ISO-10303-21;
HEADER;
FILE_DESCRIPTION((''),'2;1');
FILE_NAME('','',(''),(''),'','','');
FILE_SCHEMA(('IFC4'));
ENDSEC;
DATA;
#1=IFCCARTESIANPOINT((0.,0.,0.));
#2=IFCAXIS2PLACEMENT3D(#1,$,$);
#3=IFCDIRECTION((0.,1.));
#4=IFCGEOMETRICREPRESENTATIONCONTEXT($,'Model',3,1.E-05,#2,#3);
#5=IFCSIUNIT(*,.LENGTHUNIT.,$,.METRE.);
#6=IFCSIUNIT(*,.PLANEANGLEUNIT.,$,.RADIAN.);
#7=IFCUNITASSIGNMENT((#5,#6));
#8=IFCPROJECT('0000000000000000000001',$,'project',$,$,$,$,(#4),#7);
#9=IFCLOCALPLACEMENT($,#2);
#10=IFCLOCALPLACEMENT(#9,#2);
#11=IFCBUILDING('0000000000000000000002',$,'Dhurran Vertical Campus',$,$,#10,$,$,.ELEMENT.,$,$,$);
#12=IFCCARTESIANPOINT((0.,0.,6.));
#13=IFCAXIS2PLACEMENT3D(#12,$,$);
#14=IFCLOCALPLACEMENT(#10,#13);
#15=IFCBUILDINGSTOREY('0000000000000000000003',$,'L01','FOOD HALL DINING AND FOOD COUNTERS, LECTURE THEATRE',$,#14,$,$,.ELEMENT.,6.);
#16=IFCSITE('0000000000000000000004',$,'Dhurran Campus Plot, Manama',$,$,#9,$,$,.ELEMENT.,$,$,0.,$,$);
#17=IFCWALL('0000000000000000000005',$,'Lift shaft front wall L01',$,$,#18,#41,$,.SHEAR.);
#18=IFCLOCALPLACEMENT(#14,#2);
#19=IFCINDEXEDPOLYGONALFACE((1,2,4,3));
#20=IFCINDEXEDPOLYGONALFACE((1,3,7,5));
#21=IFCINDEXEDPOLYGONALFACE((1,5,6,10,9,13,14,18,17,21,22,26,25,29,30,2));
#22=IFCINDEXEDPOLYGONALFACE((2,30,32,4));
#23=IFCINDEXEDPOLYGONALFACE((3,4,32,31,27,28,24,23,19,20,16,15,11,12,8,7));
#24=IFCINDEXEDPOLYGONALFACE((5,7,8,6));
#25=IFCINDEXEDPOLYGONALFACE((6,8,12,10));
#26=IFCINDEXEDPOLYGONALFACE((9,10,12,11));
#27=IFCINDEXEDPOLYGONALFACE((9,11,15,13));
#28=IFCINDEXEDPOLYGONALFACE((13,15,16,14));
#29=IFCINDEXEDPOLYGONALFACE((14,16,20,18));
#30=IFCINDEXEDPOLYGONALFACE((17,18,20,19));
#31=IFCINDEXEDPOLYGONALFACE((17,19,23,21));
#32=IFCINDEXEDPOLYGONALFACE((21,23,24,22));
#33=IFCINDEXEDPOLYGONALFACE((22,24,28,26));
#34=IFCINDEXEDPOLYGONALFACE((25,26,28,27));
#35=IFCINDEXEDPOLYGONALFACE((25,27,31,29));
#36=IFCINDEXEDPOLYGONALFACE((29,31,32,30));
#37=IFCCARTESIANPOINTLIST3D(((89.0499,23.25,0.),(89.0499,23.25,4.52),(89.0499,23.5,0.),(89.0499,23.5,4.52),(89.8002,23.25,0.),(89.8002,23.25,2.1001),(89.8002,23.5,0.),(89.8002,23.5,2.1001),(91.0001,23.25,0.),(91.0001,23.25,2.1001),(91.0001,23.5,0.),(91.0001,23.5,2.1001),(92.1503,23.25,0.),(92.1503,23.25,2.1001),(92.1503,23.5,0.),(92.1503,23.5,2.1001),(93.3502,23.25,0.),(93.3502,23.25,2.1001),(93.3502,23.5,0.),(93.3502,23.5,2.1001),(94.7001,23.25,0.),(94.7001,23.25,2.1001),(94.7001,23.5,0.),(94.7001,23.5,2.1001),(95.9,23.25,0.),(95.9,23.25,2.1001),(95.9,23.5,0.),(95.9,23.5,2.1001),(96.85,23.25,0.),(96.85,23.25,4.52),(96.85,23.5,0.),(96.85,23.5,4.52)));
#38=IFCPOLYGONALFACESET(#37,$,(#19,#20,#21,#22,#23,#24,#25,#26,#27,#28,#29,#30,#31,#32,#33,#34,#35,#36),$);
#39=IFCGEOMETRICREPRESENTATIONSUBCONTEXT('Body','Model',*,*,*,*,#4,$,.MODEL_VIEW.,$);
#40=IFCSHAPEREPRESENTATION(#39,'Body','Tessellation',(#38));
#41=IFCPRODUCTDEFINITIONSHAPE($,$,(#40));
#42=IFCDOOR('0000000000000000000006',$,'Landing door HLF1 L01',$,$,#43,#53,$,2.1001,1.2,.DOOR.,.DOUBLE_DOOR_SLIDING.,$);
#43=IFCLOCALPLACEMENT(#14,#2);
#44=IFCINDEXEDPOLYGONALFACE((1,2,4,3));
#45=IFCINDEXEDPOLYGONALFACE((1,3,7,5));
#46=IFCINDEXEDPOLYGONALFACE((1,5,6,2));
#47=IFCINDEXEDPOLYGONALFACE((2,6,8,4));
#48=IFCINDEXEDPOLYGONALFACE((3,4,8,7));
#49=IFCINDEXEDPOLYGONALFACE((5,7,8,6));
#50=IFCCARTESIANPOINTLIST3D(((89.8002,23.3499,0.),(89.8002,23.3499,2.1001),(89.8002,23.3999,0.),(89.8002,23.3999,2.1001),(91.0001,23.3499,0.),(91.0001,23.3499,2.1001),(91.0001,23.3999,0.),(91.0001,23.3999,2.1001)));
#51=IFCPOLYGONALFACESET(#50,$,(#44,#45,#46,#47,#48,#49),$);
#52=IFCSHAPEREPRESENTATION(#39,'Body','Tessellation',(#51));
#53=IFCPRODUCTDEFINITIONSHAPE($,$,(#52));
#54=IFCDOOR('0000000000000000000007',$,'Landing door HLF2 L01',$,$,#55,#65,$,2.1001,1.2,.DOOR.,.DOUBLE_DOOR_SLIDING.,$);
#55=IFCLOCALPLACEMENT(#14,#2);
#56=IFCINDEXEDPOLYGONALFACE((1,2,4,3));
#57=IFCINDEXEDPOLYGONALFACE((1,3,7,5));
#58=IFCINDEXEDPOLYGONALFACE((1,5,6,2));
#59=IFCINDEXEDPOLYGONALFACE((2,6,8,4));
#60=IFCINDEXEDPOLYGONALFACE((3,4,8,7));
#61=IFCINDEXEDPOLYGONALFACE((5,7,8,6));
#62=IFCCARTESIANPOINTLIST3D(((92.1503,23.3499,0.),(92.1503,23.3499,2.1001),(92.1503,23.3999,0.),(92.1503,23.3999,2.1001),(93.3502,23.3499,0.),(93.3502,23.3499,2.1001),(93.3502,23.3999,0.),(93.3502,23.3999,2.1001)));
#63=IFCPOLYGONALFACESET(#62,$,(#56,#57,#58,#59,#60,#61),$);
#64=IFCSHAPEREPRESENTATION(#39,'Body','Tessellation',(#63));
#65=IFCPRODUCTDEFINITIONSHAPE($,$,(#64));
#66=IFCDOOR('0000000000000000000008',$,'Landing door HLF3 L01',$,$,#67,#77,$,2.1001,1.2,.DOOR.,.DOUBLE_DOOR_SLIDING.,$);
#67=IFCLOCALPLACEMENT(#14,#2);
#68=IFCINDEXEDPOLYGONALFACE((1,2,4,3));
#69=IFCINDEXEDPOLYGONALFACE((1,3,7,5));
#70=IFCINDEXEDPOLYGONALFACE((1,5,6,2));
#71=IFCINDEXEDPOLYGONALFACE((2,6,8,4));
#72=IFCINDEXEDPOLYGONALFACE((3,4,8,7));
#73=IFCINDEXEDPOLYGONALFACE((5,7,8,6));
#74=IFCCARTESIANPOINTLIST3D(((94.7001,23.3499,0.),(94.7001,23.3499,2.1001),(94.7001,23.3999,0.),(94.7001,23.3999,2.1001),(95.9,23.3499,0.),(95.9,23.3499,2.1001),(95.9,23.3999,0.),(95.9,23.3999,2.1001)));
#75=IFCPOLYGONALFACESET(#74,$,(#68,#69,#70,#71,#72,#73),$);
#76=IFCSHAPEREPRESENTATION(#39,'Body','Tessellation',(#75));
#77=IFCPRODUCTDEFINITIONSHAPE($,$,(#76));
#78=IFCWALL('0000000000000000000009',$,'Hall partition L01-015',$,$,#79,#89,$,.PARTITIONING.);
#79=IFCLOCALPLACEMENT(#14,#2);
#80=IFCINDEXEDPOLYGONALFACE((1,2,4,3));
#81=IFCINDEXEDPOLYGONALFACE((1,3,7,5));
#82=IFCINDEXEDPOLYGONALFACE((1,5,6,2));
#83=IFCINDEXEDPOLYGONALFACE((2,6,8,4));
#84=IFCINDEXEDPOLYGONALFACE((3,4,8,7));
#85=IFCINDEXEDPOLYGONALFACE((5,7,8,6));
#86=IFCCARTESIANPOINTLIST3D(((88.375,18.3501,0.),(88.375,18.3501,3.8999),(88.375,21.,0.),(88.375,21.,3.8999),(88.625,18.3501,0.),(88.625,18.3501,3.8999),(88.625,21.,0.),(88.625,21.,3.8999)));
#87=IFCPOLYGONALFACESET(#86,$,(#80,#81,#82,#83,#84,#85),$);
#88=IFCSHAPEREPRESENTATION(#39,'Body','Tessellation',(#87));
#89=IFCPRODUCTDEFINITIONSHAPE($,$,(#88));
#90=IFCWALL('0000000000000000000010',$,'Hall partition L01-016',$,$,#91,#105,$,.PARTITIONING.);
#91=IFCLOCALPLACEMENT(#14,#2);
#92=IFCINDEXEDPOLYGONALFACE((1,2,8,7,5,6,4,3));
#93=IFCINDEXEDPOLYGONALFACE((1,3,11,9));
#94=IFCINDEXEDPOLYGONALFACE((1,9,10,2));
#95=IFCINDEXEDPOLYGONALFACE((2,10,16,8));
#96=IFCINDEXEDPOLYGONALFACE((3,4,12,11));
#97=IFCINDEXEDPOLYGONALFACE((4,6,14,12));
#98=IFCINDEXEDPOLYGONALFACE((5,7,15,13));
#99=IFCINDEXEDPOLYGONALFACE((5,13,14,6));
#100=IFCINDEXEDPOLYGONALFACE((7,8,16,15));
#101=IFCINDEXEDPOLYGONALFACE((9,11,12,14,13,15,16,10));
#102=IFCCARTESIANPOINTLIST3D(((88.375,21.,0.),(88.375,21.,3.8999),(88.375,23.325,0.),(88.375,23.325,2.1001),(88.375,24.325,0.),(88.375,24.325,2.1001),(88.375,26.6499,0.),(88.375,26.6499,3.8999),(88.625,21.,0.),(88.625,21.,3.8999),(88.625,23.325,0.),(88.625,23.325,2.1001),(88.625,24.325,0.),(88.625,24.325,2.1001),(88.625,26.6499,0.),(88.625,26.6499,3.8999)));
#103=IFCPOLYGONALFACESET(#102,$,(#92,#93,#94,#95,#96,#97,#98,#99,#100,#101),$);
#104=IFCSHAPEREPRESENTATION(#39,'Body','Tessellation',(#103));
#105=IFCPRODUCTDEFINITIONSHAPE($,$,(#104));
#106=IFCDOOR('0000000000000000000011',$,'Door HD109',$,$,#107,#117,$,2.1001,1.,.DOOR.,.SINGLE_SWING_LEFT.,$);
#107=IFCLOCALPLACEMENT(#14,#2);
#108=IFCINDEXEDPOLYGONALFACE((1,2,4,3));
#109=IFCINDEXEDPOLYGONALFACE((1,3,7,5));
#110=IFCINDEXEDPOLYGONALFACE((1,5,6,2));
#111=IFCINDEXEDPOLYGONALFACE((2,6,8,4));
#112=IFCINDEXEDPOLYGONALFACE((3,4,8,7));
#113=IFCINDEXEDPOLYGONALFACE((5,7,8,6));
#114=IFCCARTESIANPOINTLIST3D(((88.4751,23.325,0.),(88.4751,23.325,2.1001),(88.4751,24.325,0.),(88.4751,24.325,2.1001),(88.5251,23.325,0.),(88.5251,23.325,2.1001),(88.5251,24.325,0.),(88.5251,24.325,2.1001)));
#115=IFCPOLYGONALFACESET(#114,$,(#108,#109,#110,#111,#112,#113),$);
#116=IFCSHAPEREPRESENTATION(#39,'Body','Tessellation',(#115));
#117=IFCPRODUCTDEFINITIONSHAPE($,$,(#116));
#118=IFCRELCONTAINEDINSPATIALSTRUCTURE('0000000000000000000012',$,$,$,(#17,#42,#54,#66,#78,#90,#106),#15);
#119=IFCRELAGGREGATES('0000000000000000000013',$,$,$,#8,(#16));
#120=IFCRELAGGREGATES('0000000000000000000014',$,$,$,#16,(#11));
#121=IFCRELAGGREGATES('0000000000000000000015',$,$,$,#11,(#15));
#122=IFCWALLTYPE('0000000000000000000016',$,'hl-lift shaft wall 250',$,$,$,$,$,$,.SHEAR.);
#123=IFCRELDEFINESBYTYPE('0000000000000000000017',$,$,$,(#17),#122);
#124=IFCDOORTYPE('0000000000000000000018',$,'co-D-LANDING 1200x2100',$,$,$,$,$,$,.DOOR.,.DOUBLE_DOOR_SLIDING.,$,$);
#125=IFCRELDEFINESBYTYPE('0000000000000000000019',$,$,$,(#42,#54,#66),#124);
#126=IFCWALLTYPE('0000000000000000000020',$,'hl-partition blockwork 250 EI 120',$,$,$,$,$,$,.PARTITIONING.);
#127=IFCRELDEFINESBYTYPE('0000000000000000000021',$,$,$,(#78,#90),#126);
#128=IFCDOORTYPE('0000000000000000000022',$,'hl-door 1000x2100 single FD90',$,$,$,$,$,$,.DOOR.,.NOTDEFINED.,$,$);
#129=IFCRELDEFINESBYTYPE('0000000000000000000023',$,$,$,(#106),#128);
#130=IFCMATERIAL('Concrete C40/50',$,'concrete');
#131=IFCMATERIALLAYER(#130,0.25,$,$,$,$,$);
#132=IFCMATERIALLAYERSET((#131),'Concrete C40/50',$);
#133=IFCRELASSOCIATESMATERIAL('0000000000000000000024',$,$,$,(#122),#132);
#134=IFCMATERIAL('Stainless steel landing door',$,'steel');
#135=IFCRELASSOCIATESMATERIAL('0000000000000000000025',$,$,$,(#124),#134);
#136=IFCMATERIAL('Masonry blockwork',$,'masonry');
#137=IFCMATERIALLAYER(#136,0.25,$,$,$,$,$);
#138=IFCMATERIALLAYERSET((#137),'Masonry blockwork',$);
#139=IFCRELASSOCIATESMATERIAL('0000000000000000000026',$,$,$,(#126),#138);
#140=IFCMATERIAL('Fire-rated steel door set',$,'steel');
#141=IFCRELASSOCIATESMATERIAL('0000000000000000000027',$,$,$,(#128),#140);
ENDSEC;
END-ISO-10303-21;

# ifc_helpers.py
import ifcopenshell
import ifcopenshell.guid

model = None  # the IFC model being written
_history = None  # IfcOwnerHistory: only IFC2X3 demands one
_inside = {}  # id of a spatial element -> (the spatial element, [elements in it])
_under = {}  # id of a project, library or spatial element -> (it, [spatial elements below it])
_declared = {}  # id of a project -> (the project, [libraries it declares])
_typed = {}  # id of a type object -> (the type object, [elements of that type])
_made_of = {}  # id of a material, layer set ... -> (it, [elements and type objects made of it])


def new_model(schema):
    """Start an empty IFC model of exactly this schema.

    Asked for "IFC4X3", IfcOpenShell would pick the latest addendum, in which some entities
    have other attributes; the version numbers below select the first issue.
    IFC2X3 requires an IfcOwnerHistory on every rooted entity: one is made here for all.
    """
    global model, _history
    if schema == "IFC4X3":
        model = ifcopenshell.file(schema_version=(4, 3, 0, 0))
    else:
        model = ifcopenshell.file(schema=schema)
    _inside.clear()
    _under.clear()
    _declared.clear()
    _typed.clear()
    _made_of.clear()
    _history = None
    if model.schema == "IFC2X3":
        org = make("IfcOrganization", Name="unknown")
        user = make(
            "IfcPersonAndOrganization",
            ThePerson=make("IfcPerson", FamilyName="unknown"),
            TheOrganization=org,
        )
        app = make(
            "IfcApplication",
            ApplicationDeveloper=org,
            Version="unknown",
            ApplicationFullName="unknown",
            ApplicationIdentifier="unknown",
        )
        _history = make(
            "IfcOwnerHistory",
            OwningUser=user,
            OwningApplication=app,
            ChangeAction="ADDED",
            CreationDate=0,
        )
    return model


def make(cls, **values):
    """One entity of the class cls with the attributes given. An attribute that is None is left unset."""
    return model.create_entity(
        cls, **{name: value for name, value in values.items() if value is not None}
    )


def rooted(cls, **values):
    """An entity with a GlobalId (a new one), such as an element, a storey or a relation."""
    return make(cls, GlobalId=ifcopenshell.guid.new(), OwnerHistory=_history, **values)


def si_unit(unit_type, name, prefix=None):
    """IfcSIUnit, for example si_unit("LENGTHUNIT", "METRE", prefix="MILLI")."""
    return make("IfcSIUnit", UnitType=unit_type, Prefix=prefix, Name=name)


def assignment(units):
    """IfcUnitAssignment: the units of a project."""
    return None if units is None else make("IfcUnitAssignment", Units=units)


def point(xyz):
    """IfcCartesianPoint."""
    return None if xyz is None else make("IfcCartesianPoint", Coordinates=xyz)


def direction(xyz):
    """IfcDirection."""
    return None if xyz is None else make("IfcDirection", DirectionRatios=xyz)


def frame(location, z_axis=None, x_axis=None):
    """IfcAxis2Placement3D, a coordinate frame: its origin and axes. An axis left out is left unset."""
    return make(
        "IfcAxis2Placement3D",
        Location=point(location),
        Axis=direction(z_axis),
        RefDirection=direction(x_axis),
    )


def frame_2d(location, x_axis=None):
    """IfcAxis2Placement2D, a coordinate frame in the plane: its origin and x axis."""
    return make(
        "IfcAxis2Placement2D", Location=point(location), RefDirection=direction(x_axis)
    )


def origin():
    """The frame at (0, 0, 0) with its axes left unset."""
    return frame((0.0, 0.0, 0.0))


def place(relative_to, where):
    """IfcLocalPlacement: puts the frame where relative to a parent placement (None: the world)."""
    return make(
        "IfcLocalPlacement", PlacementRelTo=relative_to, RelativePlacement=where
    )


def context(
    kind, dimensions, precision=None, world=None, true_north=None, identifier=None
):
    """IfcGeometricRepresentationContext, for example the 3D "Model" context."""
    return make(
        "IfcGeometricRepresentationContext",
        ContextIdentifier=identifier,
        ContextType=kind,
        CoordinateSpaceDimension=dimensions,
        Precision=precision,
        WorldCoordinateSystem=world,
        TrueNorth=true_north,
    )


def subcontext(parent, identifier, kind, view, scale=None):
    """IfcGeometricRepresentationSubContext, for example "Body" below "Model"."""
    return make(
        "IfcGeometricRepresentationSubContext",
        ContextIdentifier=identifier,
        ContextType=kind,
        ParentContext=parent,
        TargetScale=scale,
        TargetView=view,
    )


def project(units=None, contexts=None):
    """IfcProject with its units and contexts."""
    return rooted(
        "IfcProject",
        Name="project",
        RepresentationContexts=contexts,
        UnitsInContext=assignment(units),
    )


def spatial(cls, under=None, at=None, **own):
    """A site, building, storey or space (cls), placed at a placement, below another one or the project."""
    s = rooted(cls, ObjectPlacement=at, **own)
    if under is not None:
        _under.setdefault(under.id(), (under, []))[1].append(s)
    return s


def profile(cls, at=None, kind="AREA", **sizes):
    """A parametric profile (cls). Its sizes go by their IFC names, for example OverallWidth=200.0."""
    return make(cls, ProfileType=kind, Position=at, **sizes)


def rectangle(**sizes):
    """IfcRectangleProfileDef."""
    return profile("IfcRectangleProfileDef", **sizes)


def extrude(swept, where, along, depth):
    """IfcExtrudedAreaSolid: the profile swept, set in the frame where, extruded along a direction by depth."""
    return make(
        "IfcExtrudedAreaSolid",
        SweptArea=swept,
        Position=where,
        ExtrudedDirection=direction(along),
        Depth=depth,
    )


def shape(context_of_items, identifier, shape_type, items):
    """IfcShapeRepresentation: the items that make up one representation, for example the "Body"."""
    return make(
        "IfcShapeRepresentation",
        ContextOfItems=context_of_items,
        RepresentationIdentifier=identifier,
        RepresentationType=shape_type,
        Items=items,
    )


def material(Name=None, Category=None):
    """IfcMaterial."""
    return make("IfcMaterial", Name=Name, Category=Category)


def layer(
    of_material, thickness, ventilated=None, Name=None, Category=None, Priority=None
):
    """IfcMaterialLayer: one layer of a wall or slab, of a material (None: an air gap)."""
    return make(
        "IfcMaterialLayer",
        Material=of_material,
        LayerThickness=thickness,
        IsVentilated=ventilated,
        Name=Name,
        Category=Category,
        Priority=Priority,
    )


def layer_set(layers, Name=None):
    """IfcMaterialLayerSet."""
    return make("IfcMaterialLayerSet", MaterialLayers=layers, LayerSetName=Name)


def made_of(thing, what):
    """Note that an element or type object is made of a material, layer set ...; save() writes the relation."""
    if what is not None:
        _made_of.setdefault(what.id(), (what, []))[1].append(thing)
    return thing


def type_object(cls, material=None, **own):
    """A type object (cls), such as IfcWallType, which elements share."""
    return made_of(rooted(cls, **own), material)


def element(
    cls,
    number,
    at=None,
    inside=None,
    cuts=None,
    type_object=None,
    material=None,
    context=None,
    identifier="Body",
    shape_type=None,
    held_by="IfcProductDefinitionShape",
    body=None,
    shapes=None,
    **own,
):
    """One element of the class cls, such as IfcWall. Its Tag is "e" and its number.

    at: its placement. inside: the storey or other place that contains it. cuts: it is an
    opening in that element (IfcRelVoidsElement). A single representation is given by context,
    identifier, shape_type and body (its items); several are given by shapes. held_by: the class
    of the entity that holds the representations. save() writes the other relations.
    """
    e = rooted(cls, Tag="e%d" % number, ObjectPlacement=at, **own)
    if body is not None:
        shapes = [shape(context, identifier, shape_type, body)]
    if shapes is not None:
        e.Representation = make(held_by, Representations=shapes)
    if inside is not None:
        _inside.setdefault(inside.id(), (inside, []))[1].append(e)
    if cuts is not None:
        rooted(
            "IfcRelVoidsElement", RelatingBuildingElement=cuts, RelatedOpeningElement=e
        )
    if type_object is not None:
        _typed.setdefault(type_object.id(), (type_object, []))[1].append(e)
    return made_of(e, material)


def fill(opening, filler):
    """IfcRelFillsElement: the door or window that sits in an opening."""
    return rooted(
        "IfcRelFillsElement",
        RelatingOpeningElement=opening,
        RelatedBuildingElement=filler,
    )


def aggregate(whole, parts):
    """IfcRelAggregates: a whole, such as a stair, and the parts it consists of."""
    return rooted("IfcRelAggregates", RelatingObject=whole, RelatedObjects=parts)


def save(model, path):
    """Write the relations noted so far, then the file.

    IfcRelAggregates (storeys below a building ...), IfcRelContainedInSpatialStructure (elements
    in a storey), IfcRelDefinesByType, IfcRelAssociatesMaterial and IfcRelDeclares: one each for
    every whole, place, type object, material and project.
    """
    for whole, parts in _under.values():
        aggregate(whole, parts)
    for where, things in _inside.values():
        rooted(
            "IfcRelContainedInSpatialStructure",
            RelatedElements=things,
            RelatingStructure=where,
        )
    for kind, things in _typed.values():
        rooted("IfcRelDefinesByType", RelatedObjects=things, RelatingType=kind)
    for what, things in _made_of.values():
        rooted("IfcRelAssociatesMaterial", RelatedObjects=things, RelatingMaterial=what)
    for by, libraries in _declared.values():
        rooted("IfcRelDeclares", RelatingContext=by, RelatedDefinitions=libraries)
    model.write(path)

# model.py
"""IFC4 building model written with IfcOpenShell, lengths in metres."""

from ifc_helpers import new_model, si_unit, direction, frame, frame_2d, origin, place, context, subcontext, project, spatial, rectangle, extrude, material, layer, layer_set, type_object, element, fill, save


model = new_model("IFC4")

# Units and contexts
model_context = context("Model", 3, precision=1e-05, world=origin(), true_north=direction((0.0, 1.0)))
body_context = subcontext(model_context, "Body", "Model", "MODEL_VIEW")
ifc_project = project(units=[si_unit("LENGTHUNIT", "METRE"), si_unit("PLANEANGLEUNIT", "RADIAN")], contexts=[model_context])

# Site, building, storey
site_placement = place(None, origin())
site = spatial("IfcSite", under=ifc_project, at=site_placement, Name="Dhurran Campus Plot, Manama", CompositionType="ELEMENT", RefElevation=0.0)
building_placement = place(site_placement, origin())
building = spatial("IfcBuilding", under=site, at=building_placement, Name="Dhurran Vertical Campus", CompositionType="ELEMENT")
storey_placement = place(building_placement, frame((0.0, 0.0, 6.0)))
storey = spatial("IfcBuildingStorey", under=building, at=storey_placement, Name="L01", Description="FOOD HALL DINING AND FOOD COUNTERS, LECTURE THEATRE", CompositionType="ELEMENT", Elevation=6.0)

# Shared definitions
ifc_material_1 = material(Name="Concrete C40/50", Category="concrete")
ifc_layer_1 = layer(ifc_material_1, 0.25)
ifc_layer_set_1 = layer_set([ifc_layer_1], Name="Concrete C40/50")
wall_type_1 = type_object("IfcWallType", Name="hl-lift shaft wall 250", PredefinedType="SHEAR", material=ifc_layer_set_1)

# Wall, openings, doors
wall_1_placement = place(storey_placement, frame((89.05, 23.375, 0.0), z_axis=(0.0, 0.0, 1.0), x_axis=(1.0, 0.0, 0.0)))
wall_1 = element("IfcWall", 1, at=wall_1_placement, inside=storey, type_object=wall_type_1, Name="Lift shaft front wall L01", PredefinedType="SHEAR", context=body_context, shape_type="SweptSolid", body=[
    extrude(rectangle(XDim=7.8, YDim=0.25, at=frame_2d((3.8999, 0.0))), origin(), (0.0, 0.0, 1.0), 4.52),
])
opening_1_placement = place(wall_1_placement, frame((0.75, 0.0, 0.0)))
opening_1 = element("IfcOpeningElement", 2, at=opening_1_placement, cuts=wall_1, PredefinedType="OPENING", context=body_context, shape_type="SweptSolid", body=[
    extrude(rectangle(XDim=1.2, YDim=2.1001, at=frame_2d((0.6001, 1.05))), frame((0.0, 0.135, 0.0), z_axis=(0.0, -1.0, 0.0), x_axis=(1.0, 0.0, 0.0)), (0.0, 0.0, 1.0), 0.27),
])
opening_2_placement = place(wall_1_placement, frame((3.1001, 0.0, 0.0)))
opening_2 = element("IfcOpeningElement", 3, at=opening_2_placement, cuts=wall_1, PredefinedType="OPENING", context=body_context, shape_type="SweptSolid", body=[
    extrude(rectangle(XDim=1.2, YDim=2.1001, at=frame_2d((0.6001, 1.05))), frame((0.0, 0.135, 0.0), z_axis=(0.0, -1.0, 0.0), x_axis=(1.0, 0.0, 0.0)), (0.0, 0.0, 1.0), 0.27),
])
opening_3_placement = place(wall_1_placement, frame((5.6499, 0.0, 0.0)))
opening_3 = element("IfcOpeningElement", 4, at=opening_3_placement, cuts=wall_1, PredefinedType="OPENING", context=body_context, shape_type="SweptSolid", body=[
    extrude(rectangle(XDim=1.2, YDim=2.1001, at=frame_2d((0.6001, 1.05))), frame((0.0, 0.135, 0.0), z_axis=(0.0, -1.0, 0.0), x_axis=(1.0, 0.0, 0.0)), (0.0, 0.0, 1.0), 0.27),
])
ifc_material_2 = material(Name="Stainless steel landing door", Category="steel")
door_type_1 = type_object("IfcDoorType", Name="co-D-LANDING 1200x2100", OperationType="DOUBLE_DOOR_SLIDING", PredefinedType="DOOR", material=ifc_material_2)
door_1_placement = place(opening_1_placement, origin())
door_1 = element("IfcDoor", 5, at=door_1_placement, inside=storey, type_object=door_type_1, Name="Landing door HLF1 L01", OperationType="DOUBLE_DOOR_SLIDING", OverallHeight=2.1001, OverallWidth=1.2, PredefinedType="DOOR", context=body_context, shape_type="SweptSolid", body=[
    extrude(rectangle(XDim=1.2, YDim=2.1001, at=frame_2d((0.6001, 1.05))), frame((0.0, 0.0249, 0.0), z_axis=(0.0, -1.0, 0.0), x_axis=(1.0, 0.0, 0.0)), (0.0, 0.0, 1.0), 0.05),
])
fill(opening_1, door_1)
door_2_placement = place(opening_2_placement, origin())
door_2 = element("IfcDoor", 6, at=door_2_placement, inside=storey, type_object=door_type_1, Name="Landing door HLF2 L01", OperationType="DOUBLE_DOOR_SLIDING", OverallHeight=2.1001, OverallWidth=1.2, PredefinedType="DOOR", context=body_context, shape_type="SweptSolid", body=[
    extrude(rectangle(XDim=1.2, YDim=2.1001, at=frame_2d((0.6001, 1.05))), frame((0.0, 0.0249, 0.0), z_axis=(0.0, -1.0, 0.0), x_axis=(1.0, 0.0, 0.0)), (0.0, 0.0, 1.0), 0.05),
])
fill(opening_2, door_2)
door_3_placement = place(opening_3_placement, origin())
door_3 = element("IfcDoor", 7, at=door_3_placement, inside=storey, type_object=door_type_1, Name="Landing door HLF3 L01", OperationType="DOUBLE_DOOR_SLIDING", OverallHeight=2.1001, OverallWidth=1.2, PredefinedType="DOOR", context=body_context, shape_type="SweptSolid", body=[
    extrude(rectangle(XDim=1.2, YDim=2.1001, at=frame_2d((0.6001, 1.05))), frame((0.0, 0.0249, 0.0), z_axis=(0.0, -1.0, 0.0), x_axis=(1.0, 0.0, 0.0)), (0.0, 0.0, 1.0), 0.05),
])
fill(opening_3, door_3)

# Wall
ifc_material_3 = material(Name="Masonry blockwork", Category="masonry")
ifc_layer_2 = layer(ifc_material_3, 0.25)
ifc_layer_set_2 = layer_set([ifc_layer_2], Name="Masonry blockwork")
wall_type_2 = type_object("IfcWallType", Name="hl-partition blockwork 250 EI 120", PredefinedType="PARTITIONING", material=ifc_layer_set_2)
wall_2_placement = place(storey_placement, frame((88.5, 18.3501, 0.0), z_axis=(0.0, 0.0, 1.0), x_axis=(0.0, 1.0, 0.0)))
element("IfcWall", 8, at=wall_2_placement, inside=storey, type_object=wall_type_2, Name="Hall partition L01-015", PredefinedType="PARTITIONING", context=body_context, shape_type="SweptSolid", body=[
    extrude(rectangle(XDim=2.6499, YDim=0.25, at=frame_2d((1.325, 0.0))), origin(), (0.0, 0.0, 1.0), 3.8999),
])

# Wall, opening, door
wall_3_placement = place(storey_placement, frame((88.5, 21.0, 0.0), z_axis=(0.0, 0.0, 1.0), x_axis=(0.0, 1.0, 0.0)))
wall_3 = element("IfcWall", 9, at=wall_3_placement, inside=storey, type_object=wall_type_2, Name="Hall partition L01-016", PredefinedType="PARTITIONING", context=body_context, shape_type="SweptSolid", body=[
    extrude(rectangle(XDim=5.6499, YDim=0.25, at=frame_2d((2.825, 0.0))), origin(), (0.0, 0.0, 1.0), 3.8999),
])
opening_4_placement = place(wall_3_placement, frame((2.325, 0.0, 0.0)))
opening_4 = element("IfcOpeningElement", 10, at=opening_4_placement, cuts=wall_3, PredefinedType="OPENING", context=body_context, shape_type="SweptSolid", body=[
    extrude(rectangle(XDim=1.0, YDim=2.1001, at=frame_2d((0.5, 1.05))), frame((0.0, 0.135, 0.0), z_axis=(0.0, -1.0, 0.0), x_axis=(1.0, 0.0, 0.0)), (0.0, 0.0, 1.0), 0.27),
])
ifc_material_4 = material(Name="Fire-rated steel door set", Category="steel")
door_type_2 = type_object("IfcDoorType", Name="hl-door 1000x2100 single FD90", OperationType="NOTDEFINED", PredefinedType="DOOR", material=ifc_material_4)
door_4_placement = place(opening_4_placement, origin())
door_4 = element("IfcDoor", 11, at=door_4_placement, inside=storey, type_object=door_type_2, Name="Door HD109", OperationType="SINGLE_SWING_LEFT", OverallHeight=2.1001, OverallWidth=1.0, PredefinedType="DOOR", context=body_context, shape_type="SweptSolid", body=[
    extrude(rectangle(XDim=1.0, YDim=2.1001, at=frame_2d((0.5, 1.05))), frame((0.0, 0.0249, 0.0), z_axis=(0.0, -1.0, 0.0), x_axis=(1.0, 0.0, 0.0)), (0.0, 0.0, 1.0), 0.05),
])
fill(opening_4, door_4)

save(model, "model.ifc")
